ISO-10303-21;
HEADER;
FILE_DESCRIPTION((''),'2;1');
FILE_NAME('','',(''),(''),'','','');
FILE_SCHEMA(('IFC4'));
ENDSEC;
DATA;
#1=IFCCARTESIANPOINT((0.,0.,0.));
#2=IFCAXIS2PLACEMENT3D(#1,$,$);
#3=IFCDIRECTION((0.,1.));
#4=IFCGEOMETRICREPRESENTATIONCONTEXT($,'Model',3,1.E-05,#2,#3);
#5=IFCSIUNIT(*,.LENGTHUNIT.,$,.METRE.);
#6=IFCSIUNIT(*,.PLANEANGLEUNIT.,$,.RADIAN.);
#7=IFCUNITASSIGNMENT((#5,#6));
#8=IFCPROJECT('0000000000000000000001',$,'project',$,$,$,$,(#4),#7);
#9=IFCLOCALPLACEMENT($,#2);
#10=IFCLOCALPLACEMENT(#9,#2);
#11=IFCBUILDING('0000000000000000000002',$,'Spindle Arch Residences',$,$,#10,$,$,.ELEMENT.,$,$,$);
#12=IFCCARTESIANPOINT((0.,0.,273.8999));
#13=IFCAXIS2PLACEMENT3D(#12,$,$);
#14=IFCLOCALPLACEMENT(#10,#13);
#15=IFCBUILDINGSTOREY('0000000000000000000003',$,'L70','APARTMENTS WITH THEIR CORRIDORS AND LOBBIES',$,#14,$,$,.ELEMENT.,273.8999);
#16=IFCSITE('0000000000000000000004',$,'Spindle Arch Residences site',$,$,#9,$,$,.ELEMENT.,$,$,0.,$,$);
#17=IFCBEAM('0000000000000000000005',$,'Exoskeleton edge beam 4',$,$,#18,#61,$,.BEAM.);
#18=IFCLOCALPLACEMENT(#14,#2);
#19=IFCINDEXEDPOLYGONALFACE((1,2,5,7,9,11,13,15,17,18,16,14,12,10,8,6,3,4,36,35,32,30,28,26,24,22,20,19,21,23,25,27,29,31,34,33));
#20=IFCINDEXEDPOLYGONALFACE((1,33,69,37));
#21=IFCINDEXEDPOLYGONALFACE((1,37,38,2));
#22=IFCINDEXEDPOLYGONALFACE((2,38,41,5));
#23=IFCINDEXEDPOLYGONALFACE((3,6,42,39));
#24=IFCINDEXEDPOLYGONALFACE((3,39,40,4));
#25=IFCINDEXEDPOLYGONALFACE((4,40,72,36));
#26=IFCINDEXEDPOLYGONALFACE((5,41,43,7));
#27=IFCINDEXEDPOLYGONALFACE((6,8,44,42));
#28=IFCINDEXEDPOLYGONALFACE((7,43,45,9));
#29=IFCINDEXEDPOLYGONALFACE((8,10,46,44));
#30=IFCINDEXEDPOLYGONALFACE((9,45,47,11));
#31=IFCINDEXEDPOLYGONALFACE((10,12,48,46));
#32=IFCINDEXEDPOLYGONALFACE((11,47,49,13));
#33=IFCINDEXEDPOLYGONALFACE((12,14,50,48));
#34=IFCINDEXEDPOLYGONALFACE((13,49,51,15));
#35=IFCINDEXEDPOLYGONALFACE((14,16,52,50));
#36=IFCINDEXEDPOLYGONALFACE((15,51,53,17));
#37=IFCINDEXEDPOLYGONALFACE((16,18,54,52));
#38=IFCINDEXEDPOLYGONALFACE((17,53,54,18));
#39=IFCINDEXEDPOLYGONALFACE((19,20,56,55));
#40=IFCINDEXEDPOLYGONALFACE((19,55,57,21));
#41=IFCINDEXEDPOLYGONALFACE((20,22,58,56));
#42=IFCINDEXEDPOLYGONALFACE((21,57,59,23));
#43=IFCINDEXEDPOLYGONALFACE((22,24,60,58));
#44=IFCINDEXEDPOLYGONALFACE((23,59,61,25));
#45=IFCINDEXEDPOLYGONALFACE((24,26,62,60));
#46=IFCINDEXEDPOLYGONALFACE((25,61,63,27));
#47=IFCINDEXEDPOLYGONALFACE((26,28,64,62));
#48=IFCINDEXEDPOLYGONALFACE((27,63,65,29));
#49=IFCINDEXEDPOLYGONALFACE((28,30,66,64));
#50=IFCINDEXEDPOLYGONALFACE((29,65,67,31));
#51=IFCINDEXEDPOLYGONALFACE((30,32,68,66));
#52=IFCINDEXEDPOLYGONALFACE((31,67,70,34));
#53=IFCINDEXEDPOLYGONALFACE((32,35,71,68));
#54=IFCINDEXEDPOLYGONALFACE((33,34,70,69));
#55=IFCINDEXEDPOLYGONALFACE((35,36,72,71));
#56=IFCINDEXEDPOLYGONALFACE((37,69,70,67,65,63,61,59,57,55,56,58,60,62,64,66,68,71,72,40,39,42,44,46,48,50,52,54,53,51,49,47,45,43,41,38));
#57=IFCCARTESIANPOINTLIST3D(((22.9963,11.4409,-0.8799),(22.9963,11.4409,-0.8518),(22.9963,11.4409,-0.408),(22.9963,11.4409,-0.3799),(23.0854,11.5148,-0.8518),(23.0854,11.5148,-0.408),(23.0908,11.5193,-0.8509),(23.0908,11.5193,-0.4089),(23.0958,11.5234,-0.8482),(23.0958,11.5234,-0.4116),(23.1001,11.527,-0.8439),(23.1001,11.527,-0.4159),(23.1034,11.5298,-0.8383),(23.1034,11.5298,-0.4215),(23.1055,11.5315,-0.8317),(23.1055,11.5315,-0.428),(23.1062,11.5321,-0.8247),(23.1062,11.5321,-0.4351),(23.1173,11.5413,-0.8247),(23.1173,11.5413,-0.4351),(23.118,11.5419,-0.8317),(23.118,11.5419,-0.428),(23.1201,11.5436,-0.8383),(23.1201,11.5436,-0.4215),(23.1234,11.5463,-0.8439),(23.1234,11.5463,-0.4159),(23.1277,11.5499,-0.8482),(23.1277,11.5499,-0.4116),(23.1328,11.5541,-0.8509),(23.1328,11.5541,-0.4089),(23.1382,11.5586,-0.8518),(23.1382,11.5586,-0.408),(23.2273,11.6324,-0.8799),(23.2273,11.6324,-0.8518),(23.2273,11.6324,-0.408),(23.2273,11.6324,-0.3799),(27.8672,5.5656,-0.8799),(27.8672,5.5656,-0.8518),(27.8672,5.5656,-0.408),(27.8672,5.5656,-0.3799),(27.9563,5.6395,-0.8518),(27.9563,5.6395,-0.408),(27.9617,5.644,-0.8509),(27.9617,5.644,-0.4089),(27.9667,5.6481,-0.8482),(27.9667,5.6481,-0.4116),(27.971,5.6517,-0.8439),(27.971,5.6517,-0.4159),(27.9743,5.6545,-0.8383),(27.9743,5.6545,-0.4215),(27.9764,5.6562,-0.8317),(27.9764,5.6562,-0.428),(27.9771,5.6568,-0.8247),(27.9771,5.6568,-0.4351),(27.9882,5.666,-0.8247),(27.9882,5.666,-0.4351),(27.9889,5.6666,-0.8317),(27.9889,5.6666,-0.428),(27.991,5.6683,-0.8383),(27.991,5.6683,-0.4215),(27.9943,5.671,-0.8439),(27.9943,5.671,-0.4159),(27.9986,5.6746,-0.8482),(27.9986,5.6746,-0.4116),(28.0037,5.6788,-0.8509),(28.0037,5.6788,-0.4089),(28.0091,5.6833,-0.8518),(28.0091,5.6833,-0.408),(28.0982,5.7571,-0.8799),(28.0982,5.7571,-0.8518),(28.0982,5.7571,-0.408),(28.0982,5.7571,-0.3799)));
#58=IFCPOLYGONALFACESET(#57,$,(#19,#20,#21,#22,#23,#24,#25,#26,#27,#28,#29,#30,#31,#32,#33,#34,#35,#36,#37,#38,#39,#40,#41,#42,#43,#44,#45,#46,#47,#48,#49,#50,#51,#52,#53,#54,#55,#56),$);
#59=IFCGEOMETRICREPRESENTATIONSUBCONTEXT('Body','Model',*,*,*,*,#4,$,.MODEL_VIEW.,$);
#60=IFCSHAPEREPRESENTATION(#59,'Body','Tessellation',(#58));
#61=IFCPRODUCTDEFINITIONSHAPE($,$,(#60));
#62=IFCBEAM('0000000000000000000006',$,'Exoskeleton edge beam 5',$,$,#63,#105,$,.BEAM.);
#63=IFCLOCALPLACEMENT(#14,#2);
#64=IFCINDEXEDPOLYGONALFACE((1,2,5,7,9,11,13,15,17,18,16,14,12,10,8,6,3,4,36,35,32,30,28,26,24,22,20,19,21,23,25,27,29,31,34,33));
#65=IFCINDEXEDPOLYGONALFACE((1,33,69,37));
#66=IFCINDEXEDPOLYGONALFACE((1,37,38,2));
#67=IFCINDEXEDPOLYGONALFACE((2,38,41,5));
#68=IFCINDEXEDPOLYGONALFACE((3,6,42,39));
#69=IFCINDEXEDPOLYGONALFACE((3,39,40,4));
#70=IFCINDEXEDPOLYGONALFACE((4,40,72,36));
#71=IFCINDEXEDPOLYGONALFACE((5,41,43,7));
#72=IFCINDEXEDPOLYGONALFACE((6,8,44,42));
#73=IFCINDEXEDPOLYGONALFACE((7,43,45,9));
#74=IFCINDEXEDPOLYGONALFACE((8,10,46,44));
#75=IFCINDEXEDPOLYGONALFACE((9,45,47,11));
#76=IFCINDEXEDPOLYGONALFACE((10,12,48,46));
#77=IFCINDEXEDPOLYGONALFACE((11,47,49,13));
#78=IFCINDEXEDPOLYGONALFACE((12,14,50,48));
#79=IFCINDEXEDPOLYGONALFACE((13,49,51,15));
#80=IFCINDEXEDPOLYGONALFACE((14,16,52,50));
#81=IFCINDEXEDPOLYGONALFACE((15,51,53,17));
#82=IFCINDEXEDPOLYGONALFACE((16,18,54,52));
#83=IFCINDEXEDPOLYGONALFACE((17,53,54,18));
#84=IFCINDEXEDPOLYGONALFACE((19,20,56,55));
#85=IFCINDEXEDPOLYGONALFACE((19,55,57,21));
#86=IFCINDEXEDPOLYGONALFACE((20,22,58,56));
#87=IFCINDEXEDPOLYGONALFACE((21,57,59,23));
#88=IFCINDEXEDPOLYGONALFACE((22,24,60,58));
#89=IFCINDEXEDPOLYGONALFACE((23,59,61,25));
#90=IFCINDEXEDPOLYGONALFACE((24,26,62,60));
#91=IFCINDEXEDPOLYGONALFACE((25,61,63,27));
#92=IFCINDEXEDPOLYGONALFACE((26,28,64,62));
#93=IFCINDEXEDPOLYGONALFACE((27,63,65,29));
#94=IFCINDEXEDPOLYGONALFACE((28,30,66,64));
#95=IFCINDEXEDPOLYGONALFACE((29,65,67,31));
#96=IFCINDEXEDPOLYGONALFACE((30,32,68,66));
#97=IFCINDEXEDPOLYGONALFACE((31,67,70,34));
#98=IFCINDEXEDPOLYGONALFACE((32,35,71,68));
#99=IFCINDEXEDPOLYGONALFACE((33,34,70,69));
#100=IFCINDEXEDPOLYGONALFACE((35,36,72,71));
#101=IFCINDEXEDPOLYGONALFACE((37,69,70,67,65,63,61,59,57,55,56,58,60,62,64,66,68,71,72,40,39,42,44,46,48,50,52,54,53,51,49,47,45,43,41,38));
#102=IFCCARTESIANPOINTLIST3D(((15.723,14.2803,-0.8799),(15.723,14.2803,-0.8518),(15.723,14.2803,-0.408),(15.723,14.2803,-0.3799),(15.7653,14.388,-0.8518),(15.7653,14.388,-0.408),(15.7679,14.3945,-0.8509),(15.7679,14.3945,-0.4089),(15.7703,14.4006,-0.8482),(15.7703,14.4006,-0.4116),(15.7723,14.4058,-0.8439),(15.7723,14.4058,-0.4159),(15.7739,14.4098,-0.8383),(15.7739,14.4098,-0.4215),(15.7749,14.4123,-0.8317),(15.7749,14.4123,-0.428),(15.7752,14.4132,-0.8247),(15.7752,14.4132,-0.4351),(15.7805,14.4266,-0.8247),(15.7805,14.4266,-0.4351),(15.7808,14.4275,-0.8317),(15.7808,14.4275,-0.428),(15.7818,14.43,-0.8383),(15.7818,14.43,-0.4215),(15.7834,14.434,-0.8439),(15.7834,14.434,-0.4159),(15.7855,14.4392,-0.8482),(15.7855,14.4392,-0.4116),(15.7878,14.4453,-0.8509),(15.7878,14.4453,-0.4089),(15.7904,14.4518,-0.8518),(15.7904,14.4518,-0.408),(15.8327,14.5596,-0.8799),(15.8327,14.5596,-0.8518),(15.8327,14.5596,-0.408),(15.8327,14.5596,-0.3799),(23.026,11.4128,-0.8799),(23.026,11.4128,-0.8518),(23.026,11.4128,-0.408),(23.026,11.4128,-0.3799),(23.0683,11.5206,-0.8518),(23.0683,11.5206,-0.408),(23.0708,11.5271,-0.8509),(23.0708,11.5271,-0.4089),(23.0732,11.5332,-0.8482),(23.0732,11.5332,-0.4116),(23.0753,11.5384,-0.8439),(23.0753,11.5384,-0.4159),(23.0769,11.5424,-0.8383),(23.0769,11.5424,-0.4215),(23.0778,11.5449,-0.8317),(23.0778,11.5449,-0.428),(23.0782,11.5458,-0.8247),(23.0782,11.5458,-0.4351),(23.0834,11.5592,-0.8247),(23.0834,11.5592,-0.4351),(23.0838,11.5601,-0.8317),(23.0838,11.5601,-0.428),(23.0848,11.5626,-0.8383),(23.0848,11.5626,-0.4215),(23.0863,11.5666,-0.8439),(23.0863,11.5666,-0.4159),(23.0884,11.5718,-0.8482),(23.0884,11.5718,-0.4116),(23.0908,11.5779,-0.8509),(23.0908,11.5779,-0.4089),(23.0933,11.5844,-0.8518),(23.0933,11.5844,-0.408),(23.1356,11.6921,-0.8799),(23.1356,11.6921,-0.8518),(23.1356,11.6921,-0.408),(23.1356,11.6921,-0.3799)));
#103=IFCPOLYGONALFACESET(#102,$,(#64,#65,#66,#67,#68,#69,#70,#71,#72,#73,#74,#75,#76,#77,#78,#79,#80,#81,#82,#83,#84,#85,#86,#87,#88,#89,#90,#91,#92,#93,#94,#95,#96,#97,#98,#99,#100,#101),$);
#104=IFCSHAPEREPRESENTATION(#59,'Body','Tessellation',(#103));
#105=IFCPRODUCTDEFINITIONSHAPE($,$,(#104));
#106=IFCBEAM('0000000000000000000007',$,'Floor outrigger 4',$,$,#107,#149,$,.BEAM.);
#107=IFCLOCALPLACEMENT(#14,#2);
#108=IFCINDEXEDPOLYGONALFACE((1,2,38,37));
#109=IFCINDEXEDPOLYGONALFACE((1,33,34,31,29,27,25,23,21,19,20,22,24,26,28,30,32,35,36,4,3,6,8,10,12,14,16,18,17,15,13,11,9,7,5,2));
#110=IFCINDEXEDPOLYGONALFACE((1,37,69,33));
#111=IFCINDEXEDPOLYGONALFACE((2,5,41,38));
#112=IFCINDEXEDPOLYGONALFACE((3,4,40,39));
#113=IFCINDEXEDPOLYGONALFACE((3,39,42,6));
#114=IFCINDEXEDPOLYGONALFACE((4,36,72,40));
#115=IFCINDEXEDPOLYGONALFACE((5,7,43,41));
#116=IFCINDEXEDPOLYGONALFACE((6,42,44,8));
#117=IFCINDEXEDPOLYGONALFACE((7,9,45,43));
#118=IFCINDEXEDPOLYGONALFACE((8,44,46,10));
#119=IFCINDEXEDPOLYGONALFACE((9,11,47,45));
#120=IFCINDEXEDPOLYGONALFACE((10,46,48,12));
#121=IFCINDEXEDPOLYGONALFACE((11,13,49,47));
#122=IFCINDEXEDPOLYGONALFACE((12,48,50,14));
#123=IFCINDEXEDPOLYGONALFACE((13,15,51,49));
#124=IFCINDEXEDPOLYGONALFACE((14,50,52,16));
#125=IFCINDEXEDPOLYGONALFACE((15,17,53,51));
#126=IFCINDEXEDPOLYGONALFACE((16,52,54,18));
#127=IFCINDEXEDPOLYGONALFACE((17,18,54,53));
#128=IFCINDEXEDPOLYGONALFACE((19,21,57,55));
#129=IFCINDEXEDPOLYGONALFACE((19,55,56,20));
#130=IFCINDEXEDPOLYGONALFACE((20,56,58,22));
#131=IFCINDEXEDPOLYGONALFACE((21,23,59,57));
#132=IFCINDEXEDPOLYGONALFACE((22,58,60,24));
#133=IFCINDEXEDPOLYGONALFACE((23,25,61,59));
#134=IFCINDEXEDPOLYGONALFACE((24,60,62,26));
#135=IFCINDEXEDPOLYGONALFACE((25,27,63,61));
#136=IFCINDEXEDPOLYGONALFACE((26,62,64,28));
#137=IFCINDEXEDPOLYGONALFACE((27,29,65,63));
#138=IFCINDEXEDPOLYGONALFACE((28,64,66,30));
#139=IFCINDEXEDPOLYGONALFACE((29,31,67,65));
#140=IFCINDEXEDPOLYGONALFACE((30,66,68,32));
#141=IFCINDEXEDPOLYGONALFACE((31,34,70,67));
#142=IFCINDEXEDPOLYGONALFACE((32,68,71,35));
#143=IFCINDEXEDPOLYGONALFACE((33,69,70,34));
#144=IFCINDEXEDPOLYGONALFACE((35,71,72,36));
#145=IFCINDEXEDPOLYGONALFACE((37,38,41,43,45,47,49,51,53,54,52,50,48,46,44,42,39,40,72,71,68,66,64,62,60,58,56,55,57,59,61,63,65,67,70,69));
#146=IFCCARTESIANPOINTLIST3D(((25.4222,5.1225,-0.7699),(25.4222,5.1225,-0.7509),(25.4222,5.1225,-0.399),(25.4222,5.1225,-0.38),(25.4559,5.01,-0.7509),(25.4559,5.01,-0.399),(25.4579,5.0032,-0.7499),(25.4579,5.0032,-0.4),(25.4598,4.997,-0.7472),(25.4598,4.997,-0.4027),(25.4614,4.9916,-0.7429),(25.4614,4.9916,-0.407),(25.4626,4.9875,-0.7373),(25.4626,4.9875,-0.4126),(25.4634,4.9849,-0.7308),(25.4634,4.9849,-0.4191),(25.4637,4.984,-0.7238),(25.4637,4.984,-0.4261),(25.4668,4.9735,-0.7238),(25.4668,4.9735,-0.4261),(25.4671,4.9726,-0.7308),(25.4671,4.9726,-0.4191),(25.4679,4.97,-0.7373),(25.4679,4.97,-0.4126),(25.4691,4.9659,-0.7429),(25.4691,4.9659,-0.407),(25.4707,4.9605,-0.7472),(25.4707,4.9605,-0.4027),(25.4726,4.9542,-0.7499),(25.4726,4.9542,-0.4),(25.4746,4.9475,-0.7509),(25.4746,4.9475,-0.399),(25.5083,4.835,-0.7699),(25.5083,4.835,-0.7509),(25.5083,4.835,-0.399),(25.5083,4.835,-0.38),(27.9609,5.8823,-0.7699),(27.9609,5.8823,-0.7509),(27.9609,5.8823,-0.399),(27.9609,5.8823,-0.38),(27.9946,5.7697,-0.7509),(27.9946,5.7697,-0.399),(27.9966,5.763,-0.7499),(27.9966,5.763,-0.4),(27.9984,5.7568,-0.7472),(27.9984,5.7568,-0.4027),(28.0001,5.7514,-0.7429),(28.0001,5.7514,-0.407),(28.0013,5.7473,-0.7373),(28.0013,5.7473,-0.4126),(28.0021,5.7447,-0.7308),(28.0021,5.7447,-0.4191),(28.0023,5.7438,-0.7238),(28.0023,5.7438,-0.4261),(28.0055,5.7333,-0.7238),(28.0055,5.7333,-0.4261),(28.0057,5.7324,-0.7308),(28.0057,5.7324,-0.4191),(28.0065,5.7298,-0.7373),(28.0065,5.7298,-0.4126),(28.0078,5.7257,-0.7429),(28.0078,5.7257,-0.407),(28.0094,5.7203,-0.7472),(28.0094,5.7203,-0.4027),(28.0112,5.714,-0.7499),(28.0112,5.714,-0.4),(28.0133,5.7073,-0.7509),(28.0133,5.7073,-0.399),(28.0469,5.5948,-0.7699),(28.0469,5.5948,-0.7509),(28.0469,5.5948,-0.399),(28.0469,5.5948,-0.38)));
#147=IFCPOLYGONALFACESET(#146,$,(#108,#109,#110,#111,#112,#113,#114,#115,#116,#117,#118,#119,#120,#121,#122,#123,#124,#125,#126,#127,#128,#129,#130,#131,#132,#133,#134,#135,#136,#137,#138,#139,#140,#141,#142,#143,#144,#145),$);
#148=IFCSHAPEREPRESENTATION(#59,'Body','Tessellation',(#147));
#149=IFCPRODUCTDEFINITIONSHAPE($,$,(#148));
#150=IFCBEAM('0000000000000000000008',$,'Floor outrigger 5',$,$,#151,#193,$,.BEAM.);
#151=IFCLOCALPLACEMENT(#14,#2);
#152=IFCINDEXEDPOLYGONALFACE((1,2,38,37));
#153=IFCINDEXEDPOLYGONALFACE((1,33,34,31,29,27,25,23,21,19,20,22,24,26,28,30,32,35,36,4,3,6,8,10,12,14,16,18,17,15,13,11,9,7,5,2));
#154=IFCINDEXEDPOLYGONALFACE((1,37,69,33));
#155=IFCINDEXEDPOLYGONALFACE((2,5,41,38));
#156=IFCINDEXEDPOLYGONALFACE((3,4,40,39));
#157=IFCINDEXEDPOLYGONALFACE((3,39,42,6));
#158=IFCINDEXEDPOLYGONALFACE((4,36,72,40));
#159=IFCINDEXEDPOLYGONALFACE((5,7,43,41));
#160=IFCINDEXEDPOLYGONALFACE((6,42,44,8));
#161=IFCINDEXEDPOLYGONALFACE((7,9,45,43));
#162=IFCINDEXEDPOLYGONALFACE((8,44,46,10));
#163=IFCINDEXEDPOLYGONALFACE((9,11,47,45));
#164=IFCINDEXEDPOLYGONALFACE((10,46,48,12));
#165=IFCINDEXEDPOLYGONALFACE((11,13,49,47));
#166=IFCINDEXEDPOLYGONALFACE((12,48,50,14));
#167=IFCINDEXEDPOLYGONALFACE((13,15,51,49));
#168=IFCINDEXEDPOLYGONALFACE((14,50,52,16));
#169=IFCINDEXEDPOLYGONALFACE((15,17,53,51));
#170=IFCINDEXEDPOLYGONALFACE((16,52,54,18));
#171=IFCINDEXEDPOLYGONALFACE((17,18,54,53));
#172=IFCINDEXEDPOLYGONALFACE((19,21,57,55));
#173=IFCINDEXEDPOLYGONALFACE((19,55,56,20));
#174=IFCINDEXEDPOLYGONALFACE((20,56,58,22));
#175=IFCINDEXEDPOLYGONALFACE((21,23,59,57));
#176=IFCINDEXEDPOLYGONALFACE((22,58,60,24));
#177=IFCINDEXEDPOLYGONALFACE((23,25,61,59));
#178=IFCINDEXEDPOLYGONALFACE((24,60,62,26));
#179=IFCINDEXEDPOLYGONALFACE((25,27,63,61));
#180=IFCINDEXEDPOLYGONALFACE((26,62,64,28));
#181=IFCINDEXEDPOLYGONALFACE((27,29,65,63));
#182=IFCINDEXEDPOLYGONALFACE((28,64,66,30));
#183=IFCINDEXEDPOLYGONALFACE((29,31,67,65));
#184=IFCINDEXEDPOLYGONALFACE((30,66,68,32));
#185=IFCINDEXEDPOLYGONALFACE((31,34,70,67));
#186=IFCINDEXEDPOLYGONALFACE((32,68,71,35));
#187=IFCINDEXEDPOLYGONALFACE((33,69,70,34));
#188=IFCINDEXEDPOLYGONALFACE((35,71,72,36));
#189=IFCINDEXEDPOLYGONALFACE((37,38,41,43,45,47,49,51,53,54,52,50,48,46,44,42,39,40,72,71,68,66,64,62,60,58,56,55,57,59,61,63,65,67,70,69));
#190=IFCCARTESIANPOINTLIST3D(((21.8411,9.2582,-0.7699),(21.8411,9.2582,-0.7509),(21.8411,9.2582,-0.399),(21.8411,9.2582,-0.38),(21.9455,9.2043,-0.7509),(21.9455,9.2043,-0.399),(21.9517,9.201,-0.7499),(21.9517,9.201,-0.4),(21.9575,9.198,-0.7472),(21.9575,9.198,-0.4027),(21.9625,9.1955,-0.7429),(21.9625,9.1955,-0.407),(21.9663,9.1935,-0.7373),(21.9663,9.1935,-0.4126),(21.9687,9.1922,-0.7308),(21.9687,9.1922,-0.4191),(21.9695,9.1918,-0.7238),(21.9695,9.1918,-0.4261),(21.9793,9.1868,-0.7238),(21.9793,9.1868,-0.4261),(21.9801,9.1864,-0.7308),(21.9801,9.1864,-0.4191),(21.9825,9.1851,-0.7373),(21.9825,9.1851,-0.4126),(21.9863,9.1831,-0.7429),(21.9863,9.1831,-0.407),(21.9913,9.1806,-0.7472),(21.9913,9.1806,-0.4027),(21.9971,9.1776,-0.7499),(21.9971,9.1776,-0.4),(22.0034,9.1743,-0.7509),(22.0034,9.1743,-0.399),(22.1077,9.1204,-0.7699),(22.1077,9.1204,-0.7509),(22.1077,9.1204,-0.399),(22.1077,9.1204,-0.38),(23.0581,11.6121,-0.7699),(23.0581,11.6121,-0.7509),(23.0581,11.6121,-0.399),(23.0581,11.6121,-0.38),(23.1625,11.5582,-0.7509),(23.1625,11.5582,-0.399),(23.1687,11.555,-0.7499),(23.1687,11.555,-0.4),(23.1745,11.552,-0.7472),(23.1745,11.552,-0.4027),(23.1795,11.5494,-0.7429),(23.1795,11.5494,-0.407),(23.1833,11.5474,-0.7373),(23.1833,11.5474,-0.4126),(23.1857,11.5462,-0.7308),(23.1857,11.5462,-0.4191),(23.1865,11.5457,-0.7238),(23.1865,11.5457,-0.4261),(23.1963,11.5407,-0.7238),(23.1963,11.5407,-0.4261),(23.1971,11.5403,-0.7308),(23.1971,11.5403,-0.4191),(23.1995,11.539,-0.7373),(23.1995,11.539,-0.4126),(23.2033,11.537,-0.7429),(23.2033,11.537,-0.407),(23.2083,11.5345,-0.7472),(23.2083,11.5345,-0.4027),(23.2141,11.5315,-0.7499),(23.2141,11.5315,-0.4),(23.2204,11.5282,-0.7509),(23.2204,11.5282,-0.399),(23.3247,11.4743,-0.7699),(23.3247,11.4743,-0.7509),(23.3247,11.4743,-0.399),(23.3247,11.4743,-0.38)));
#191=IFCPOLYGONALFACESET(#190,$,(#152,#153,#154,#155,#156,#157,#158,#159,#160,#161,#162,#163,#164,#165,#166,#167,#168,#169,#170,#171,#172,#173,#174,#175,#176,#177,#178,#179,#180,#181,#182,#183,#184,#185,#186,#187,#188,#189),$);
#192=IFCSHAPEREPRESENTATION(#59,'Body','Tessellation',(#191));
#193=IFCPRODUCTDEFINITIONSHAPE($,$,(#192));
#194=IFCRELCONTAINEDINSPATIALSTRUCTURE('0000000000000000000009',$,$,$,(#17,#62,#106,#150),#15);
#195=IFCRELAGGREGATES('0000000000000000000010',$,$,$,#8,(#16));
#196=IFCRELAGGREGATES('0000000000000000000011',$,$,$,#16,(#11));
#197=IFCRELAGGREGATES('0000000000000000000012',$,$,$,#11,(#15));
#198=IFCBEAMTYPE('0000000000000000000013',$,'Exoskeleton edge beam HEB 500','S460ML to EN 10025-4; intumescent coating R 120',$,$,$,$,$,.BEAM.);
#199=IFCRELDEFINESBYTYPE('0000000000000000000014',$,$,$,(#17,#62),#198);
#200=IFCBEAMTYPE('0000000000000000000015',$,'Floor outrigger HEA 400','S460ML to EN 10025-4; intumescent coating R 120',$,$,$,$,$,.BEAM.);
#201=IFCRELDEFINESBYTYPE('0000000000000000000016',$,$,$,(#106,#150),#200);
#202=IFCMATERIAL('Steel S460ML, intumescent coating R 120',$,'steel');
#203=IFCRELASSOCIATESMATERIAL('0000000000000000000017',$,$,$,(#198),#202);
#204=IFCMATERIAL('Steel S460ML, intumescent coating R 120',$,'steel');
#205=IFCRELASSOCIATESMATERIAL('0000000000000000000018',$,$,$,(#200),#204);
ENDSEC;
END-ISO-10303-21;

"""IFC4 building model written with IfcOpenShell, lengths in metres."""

from ifc_helpers import new_model, si_unit, direction, frame, origin, origin_2d, place, context, subcontext, project, spatial, i_section, extrude, material, material_profile, profile_set, type_object, element, save


model = new_model("IFC4")

# Units and contexts
model_context = context("Model", 3, precision=1e-05, world=origin(), true_north=direction((0.0, 1.0)))
body_context = subcontext(model_context, "Body", "Model", "MODEL_VIEW")
ifc_project = project(units=[si_unit("LENGTHUNIT", "METRE"), si_unit("PLANEANGLEUNIT", "RADIAN")], contexts=[model_context])

# Site, building, storey
site_placement = place(None, origin())
site = spatial("IfcSite", under=ifc_project, at=site_placement, Name="Spindle Arch Residences site", CompositionType="ELEMENT", RefElevation=0.0)
building_placement = place(site_placement, origin())
building = spatial("IfcBuilding", under=site, at=building_placement, Name="Spindle Arch Residences", CompositionType="ELEMENT")
storey_placement = place(building_placement, frame((0.0, 0.0, 273.8999)))
storey = spatial("IfcBuildingStorey", under=building, at=storey_placement, Name="L70", Description="APARTMENTS WITH THEIR CORRIDORS AND LOBBIES", CompositionType="ELEMENT", Elevation=273.8999)

# Beams
ifc_material_1 = material(Name="Steel S460ML, intumescent coating R 120", Category="steel")
ifc_material_profile_1 = material_profile(ifc_material_1, i_section(OverallWidth=0.3, OverallDepth=0.5, WebThickness=0.0144, FlangeThickness=0.0281, FilletRadius=0.0271, at=origin_2d()), Name="HEB 500")
ifc_profile_set_1 = profile_set([ifc_material_profile_1], Name="Steel S460ML, intumescent coating R 120")
beam_type_1 = type_object("IfcBeamType", Name="Exoskeleton edge beam HEB 500", Description="S460ML to EN 10025-4; intumescent coating R 120", PredefinedType="BEAM", material=ifc_profile_set_1)
beam_1_placement = place(storey_placement, frame((27.9827, 5.6614, -0.6299), z_axis=(-0.638235, 0.769842, 0.0), x_axis=(-0.769842, -0.638235, 0.0)))
element("IfcBeam", 1, at=beam_1_placement, inside=storey, type_object=beam_type_1, Name="Exoskeleton edge beam 4", PredefinedType="BEAM", context=body_context, shape_type="SweptSolid", body=[
    extrude(i_section(OverallWidth=0.3, OverallDepth=0.5, WebThickness=0.0144, FlangeThickness=0.0281, FilletRadius=0.0271, at=origin_2d()), origin(), (0.0, 0.0, 1.0), 7.6318),
])
beam_2_placement = place(storey_placement, frame((23.0808, 11.5525, -0.6299), z_axis=(-0.930821, 0.365476, 0.0), x_axis=(-0.365476, -0.930821, 0.0)))
element("IfcBeam", 2, at=beam_2_placement, inside=storey, type_object=beam_type_1, Name="Exoskeleton edge beam 5", PredefinedType="BEAM", context=body_context, shape_type="SweptSolid", body=[
    extrude(i_section(OverallWidth=0.3, OverallDepth=0.5, WebThickness=0.0144, FlangeThickness=0.0281, FilletRadius=0.0271, at=origin_2d()), origin(), (0.0, 0.0, 1.0), 7.8457),
])
ifc_material_2 = material(Name="Steel S460ML, intumescent coating R 120", Category="steel")
ifc_material_profile_2 = material_profile(ifc_material_2, i_section(OverallWidth=0.3, OverallDepth=0.3899, WebThickness=0.011, FlangeThickness=0.019, FilletRadius=0.0271, at=origin_2d()), Name="HEA 400")
ifc_profile_set_2 = profile_set([ifc_material_profile_2], Name="Steel S460ML, intumescent coating R 120")
beam_type_2 = type_object("IfcBeamType", Name="Floor outrigger HEA 400", Description="S460ML to EN 10025-4; intumescent coating R 120", PredefinedType="BEAM", material=ifc_profile_set_2)
for number, where, z_axis, x_axis, name in (
    (3, (28.0039, 5.7385, -0.575), (-0.958014, -0.286722, 0.0), (0.286722, -0.958014, 0.0), "Floor outrigger 4"),
    (4, (23.1914, 11.5432, -0.575), (-0.45926, -0.888302, 0.0), (0.888302, -0.45926, 0.0), "Floor outrigger 5"),
):
    element("IfcBeam", number, at=place(storey_placement, frame(where, z_axis=z_axis, x_axis=x_axis)), inside=storey, type_object=beam_type_2, Name=name, PredefinedType="BEAM", context=body_context, shape_type="SweptSolid", body=[
        extrude(i_section(OverallWidth=0.3, OverallDepth=0.3899, WebThickness=0.011, FlangeThickness=0.019, FilletRadius=0.0271, at=origin_2d()), origin(), (0.0, 0.0, 1.0), 2.6499),
    ])

save(model, "model.ifc")
